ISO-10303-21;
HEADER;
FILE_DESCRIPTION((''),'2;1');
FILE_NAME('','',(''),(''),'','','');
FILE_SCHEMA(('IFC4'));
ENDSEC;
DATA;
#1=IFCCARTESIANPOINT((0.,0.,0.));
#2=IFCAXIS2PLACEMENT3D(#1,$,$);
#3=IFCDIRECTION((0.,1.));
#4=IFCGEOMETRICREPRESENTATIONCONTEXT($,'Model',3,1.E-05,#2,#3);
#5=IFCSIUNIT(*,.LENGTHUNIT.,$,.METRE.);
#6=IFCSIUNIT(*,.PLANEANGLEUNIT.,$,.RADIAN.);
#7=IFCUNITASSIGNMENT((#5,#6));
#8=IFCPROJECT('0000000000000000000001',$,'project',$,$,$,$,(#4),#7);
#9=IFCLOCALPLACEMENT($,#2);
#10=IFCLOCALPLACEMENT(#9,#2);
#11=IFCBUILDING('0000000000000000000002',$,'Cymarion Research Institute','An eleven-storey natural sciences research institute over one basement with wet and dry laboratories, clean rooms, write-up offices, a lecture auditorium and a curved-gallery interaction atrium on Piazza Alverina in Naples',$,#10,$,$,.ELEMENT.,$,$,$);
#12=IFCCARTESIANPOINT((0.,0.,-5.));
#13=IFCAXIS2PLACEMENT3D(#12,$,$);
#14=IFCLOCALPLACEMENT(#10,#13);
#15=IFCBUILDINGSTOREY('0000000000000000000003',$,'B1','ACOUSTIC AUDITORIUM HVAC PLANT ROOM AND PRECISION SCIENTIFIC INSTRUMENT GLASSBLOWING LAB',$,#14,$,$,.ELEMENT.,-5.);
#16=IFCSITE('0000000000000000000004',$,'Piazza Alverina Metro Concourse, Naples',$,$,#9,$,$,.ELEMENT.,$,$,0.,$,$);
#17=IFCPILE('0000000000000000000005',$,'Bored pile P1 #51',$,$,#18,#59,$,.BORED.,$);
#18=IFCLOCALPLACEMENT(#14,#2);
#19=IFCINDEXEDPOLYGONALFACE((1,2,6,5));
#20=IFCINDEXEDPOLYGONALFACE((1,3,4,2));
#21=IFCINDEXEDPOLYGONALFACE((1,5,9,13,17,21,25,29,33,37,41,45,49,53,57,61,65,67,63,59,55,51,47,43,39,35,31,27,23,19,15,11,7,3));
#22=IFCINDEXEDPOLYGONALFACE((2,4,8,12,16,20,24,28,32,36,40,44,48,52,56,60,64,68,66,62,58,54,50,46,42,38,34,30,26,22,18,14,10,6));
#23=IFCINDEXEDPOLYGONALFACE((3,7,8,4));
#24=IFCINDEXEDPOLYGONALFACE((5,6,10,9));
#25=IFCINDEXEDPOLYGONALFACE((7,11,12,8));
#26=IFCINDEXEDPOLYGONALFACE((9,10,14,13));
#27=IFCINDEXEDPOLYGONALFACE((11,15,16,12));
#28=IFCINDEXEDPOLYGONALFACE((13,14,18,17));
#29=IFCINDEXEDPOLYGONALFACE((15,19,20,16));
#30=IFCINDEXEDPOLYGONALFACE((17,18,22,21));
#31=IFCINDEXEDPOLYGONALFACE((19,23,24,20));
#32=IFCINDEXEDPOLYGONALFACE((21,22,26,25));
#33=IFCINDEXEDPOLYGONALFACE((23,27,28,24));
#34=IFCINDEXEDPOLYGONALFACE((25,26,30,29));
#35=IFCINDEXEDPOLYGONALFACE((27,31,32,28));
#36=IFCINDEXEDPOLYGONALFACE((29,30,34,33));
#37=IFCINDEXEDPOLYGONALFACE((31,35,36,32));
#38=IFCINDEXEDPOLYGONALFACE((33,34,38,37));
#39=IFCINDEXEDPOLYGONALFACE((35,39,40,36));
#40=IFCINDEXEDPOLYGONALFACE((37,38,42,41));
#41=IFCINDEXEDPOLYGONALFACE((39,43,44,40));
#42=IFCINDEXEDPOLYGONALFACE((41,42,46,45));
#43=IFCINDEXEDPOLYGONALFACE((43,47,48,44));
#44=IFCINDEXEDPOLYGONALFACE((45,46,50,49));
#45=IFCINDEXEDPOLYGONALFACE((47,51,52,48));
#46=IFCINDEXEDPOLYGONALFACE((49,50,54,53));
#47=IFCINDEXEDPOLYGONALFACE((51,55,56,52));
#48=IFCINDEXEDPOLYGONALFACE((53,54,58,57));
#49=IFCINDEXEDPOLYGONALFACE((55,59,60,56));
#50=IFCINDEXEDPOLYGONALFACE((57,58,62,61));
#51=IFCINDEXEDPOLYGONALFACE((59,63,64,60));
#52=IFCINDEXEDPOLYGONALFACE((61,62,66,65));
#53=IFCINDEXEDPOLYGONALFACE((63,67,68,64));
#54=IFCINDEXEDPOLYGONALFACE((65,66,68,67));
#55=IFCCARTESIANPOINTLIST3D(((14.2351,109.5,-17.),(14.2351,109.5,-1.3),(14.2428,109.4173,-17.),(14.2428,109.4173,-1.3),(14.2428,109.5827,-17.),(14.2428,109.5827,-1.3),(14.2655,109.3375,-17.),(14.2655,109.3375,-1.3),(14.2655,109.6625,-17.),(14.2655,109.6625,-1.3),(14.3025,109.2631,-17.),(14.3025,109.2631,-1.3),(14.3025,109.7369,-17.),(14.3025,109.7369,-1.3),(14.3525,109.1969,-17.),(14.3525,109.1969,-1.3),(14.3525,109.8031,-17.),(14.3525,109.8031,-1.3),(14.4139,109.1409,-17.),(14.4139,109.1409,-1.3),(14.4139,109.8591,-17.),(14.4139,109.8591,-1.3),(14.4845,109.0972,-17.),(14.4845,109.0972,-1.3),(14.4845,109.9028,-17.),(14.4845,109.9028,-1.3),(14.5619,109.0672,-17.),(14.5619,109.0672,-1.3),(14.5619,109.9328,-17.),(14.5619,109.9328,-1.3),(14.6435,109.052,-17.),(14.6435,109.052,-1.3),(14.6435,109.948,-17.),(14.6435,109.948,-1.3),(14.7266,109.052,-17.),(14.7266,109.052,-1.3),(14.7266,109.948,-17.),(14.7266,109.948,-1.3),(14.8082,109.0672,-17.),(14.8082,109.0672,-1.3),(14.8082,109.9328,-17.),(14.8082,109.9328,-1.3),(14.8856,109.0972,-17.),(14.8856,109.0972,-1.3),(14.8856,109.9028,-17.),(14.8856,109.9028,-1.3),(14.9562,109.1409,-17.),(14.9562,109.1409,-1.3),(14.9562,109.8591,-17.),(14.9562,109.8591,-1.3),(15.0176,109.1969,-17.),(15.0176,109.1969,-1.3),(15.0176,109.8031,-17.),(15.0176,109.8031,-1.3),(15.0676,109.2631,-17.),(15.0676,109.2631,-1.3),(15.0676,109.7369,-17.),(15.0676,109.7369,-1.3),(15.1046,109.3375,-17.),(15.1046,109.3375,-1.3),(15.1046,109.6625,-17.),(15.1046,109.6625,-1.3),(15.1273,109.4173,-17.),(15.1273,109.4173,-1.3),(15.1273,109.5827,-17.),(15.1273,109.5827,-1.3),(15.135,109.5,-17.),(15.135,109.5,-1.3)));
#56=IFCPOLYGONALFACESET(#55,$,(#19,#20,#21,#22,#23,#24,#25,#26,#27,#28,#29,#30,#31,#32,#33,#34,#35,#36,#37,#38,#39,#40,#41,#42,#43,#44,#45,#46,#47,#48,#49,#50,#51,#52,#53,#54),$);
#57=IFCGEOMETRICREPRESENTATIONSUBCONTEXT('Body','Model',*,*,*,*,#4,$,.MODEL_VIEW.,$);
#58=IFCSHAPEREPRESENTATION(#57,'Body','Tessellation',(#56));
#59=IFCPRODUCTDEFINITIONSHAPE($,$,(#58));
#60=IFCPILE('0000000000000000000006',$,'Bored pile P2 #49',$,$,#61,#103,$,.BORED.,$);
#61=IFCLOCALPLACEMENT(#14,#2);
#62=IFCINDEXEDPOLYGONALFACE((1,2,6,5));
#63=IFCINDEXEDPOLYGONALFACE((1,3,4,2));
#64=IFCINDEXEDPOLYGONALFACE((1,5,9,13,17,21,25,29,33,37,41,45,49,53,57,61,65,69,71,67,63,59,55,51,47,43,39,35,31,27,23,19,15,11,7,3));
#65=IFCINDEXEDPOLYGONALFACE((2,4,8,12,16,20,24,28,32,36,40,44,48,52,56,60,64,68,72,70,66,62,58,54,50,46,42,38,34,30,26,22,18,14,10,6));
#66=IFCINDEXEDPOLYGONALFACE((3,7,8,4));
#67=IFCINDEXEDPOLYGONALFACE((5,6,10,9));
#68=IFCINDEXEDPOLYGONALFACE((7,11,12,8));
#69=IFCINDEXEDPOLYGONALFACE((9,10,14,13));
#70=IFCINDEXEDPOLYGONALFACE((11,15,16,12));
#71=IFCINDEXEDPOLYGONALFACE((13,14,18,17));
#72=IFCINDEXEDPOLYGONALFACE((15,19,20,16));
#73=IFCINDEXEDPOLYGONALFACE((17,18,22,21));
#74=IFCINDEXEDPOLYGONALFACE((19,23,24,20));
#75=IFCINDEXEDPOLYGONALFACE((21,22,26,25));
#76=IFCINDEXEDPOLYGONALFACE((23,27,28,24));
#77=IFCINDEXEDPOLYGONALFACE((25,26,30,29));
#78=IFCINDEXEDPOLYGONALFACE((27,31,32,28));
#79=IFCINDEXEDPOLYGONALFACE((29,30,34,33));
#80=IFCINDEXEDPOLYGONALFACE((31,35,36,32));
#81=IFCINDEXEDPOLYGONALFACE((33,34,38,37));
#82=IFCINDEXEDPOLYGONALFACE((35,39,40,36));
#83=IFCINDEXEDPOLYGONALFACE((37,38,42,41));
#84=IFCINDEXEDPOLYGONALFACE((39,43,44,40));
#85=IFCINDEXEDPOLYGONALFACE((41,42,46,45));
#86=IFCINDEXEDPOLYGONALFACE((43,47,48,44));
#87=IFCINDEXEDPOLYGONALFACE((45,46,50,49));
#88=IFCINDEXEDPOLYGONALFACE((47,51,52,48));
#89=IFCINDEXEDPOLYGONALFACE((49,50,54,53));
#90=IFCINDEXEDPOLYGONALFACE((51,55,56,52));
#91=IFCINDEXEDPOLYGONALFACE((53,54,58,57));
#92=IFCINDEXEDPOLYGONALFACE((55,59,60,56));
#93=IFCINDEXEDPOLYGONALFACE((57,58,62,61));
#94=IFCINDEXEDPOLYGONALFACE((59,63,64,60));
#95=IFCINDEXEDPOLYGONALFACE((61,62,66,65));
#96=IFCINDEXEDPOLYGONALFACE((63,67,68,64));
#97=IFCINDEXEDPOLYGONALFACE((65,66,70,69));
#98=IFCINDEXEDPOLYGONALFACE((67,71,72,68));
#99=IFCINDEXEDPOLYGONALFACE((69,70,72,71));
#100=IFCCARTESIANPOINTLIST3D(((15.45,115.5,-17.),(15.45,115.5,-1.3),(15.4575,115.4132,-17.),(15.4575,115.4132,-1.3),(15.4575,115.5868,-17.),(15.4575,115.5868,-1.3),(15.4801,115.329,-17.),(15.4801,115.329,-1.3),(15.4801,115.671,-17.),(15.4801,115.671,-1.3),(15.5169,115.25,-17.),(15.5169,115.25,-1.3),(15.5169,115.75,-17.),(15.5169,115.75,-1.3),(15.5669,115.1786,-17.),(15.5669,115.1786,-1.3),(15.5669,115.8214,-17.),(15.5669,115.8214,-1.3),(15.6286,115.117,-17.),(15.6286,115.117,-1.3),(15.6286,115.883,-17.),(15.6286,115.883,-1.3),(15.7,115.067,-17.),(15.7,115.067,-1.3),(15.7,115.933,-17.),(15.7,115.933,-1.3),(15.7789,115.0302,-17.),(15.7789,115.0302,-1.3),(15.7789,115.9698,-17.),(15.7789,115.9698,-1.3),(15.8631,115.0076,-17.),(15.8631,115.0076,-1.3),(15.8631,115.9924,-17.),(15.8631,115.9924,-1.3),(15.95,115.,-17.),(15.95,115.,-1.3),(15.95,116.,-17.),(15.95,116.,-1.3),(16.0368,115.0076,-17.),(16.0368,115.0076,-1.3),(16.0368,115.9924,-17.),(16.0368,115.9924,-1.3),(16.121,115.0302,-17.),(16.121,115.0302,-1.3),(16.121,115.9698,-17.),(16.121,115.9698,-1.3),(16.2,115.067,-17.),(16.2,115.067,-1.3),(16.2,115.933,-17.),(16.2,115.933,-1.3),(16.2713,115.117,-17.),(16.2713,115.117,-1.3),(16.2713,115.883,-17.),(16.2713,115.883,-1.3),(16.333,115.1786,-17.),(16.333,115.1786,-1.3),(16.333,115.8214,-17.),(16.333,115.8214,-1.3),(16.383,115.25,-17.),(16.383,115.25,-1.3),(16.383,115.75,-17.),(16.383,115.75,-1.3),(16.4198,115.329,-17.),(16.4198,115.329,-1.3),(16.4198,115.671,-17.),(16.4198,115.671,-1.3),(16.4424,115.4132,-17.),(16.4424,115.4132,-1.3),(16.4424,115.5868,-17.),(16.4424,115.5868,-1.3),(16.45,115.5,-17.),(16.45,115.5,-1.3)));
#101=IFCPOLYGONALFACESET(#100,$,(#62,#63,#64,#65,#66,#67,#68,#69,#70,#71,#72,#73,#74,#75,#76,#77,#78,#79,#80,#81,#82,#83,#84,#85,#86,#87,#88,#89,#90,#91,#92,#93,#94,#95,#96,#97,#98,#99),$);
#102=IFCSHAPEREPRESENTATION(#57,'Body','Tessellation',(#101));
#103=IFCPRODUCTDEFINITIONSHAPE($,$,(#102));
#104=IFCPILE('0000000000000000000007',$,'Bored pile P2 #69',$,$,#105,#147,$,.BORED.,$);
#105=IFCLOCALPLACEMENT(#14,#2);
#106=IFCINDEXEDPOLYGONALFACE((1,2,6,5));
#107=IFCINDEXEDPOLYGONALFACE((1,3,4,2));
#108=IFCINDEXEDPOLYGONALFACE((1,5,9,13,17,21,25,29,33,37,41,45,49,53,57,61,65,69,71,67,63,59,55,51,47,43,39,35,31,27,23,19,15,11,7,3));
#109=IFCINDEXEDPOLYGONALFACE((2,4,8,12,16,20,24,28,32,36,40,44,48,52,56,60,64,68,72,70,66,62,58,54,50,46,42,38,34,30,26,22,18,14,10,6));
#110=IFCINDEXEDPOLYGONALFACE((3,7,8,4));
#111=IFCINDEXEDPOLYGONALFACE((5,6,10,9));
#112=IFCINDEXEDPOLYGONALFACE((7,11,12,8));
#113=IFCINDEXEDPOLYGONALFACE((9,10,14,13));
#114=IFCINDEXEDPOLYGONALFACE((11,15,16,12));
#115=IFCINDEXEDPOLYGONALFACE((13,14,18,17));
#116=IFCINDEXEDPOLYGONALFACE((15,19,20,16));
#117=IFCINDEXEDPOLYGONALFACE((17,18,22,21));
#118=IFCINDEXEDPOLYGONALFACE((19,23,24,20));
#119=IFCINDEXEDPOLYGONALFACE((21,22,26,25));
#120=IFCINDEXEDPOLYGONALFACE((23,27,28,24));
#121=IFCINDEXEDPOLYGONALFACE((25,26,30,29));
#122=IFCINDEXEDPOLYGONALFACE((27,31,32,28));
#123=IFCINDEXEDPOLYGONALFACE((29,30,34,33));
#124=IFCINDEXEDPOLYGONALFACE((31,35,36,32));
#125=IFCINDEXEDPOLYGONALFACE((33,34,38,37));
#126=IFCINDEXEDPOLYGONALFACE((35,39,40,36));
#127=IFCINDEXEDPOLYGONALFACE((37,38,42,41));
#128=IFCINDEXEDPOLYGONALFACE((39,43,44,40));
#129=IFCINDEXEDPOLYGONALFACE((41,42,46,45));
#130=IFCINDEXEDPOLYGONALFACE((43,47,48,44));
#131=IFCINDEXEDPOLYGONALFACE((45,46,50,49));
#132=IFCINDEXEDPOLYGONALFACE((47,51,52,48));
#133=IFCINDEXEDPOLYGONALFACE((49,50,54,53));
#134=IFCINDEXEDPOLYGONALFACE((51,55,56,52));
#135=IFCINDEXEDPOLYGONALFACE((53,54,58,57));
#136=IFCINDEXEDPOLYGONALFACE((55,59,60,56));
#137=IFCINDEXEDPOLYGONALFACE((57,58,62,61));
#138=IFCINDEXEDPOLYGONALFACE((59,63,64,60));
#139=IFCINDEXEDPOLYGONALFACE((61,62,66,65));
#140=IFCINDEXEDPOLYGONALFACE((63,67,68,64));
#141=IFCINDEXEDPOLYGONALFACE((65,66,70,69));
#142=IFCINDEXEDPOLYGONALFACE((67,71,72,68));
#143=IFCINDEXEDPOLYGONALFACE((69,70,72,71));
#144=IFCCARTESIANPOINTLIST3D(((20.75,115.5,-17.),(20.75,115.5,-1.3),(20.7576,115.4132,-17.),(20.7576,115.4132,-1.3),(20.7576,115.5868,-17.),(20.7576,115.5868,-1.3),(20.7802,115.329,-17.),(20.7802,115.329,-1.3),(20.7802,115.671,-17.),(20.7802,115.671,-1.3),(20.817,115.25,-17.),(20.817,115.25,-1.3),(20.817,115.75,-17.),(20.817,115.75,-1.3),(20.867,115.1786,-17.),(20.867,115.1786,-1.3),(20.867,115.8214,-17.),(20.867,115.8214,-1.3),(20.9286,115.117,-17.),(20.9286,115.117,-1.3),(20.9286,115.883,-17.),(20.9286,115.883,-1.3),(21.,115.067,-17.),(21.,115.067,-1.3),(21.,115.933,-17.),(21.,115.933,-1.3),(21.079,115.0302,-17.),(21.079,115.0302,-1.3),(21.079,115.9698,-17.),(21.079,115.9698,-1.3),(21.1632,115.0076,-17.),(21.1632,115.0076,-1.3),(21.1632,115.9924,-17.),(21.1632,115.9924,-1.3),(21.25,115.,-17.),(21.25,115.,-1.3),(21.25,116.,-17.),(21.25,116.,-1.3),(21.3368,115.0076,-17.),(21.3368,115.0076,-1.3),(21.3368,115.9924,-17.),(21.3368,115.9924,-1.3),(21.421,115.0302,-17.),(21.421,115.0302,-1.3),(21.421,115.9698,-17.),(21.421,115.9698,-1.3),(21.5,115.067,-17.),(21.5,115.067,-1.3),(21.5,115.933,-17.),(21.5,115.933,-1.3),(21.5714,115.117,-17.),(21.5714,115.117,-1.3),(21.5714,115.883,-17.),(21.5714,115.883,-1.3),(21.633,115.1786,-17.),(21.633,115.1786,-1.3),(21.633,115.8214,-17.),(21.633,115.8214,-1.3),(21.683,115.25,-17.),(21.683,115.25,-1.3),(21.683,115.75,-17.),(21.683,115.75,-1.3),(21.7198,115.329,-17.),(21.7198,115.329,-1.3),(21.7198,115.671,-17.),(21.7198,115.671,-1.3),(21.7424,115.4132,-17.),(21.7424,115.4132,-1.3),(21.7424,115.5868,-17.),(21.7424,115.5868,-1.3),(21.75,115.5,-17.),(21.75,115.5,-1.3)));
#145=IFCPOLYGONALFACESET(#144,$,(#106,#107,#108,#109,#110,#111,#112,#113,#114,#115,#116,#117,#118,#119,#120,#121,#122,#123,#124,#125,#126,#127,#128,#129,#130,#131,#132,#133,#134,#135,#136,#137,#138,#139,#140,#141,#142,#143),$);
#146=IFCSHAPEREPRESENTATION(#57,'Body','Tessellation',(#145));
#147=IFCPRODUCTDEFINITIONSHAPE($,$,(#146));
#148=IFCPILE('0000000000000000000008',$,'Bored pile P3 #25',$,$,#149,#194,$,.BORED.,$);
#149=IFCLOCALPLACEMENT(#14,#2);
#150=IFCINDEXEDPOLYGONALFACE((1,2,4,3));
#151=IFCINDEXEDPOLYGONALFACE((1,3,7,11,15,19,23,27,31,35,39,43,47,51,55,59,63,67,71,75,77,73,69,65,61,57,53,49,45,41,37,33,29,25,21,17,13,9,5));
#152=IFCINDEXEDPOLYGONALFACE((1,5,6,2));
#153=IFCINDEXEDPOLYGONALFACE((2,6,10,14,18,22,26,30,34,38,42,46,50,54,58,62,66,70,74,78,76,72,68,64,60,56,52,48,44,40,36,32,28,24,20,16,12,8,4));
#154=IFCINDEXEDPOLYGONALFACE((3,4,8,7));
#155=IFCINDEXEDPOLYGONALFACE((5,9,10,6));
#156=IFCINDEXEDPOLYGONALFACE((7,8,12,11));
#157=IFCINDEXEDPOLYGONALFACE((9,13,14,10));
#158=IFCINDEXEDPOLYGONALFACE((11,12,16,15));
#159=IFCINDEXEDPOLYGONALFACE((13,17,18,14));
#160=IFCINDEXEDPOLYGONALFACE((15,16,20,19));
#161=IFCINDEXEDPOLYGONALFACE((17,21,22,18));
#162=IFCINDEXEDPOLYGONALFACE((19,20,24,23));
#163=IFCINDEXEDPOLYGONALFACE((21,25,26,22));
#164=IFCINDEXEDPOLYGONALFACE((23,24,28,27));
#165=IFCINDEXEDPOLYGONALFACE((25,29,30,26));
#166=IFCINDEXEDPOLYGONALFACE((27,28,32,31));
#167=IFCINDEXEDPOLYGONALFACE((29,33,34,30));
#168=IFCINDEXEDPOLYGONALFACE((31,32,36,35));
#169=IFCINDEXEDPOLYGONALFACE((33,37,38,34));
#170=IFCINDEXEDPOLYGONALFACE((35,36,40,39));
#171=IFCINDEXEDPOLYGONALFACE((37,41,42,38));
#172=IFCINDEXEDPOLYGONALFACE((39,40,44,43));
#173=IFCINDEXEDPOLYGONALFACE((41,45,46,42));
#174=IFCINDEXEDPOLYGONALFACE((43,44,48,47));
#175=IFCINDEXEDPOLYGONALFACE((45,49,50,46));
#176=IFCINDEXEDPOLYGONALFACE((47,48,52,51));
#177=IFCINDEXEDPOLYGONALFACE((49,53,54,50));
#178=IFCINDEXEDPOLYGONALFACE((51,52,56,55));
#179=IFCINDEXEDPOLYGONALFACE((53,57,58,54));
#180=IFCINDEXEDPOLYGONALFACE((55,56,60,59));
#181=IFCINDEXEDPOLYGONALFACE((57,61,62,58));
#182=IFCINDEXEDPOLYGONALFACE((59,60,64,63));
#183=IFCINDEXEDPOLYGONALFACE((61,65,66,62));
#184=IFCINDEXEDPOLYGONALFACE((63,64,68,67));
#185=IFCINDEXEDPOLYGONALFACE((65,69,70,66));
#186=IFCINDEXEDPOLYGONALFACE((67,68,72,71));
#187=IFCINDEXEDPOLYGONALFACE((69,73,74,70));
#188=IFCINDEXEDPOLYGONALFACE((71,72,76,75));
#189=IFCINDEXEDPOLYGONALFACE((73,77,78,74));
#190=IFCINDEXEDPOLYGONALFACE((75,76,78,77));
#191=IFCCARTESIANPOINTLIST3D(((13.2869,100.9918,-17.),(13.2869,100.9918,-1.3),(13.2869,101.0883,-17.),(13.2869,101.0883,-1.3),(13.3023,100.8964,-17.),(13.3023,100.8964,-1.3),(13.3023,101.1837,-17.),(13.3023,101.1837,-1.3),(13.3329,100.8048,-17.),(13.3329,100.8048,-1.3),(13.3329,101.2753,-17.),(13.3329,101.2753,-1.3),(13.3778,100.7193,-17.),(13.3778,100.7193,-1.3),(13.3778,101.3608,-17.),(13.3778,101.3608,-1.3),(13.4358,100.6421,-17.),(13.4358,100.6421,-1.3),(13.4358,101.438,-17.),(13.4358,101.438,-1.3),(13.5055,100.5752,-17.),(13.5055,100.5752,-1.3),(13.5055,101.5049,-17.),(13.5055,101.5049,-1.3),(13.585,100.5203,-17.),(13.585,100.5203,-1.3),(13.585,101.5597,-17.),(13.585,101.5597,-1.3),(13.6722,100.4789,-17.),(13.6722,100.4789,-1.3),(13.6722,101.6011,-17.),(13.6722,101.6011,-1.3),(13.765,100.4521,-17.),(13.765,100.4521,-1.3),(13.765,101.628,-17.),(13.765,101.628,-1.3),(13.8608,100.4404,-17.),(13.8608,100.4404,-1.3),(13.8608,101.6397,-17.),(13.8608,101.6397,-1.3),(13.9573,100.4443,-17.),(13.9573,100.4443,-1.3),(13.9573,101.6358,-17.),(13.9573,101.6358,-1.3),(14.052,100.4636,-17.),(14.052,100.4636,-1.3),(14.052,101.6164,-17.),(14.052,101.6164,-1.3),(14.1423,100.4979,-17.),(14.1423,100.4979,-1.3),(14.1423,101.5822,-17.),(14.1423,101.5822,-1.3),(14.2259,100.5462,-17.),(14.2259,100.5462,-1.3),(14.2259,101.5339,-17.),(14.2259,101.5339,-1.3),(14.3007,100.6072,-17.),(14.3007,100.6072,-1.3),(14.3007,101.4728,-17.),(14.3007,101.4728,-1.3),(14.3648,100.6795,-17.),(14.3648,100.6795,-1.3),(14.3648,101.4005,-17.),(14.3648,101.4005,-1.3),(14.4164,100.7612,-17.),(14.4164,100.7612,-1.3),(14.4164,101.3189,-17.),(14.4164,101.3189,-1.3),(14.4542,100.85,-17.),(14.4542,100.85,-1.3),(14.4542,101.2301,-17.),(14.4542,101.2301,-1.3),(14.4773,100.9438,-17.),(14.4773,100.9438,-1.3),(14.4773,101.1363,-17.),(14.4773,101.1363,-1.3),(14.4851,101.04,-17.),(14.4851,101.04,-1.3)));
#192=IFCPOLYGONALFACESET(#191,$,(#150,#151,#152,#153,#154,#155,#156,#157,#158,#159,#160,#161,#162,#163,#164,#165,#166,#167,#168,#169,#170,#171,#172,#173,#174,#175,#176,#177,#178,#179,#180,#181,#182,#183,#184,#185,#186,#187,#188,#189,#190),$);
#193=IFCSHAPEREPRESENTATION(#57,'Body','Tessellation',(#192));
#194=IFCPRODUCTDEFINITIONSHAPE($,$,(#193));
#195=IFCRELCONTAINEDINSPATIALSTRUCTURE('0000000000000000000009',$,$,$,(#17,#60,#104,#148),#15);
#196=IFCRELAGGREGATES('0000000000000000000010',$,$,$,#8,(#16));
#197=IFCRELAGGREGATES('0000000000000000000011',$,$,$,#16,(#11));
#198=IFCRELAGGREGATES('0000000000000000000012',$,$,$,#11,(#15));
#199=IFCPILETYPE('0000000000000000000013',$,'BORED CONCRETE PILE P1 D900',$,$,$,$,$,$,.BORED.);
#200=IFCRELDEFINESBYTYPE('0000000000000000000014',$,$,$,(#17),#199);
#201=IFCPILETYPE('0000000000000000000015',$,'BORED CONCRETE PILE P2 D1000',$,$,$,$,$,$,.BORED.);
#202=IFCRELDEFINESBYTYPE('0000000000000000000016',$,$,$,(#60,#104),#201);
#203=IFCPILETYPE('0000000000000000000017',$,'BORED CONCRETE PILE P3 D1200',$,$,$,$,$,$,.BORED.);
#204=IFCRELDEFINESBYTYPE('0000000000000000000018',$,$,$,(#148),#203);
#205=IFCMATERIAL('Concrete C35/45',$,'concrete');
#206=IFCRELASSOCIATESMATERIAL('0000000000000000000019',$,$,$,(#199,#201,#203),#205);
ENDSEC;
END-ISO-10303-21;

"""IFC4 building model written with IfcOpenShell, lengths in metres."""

from ifc_helpers import new_model, si_unit, direction, frame, origin, origin_2d, place, context, subcontext, project, spatial, circle, extrude, material, material_profile, profile_set, type_object, element, save


model = new_model("IFC4")

# Units and contexts
model_context = context("Model", 3, precision=1e-05, world=origin(), true_north=direction((0.0, 1.0)))
body_context = subcontext(model_context, "Body", "Model", "MODEL_VIEW")
ifc_project = project(units=[si_unit("LENGTHUNIT", "METRE"), si_unit("PLANEANGLEUNIT", "RADIAN")], contexts=[model_context])

# Site, building, storey
site_placement = place(None, origin())
site = spatial("IfcSite", under=ifc_project, at=site_placement, Name="Piazza Alverina Metro Concourse, Naples", CompositionType="ELEMENT", RefElevation=0.0)
building_placement = place(site_placement, origin())
building = spatial("IfcBuilding", under=site, at=building_placement, Name="Cymarion Research Institute", Description="An eleven-storey natural sciences research institute over one basement with wet and dry laboratories, clean rooms, write-up offices, a lecture auditorium and a curved-gallery interaction atrium on Piazza Alverina in Naples", CompositionType="ELEMENT")
storey_placement = place(building_placement, frame((0.0, 0.0, -5.0)))
storey = spatial("IfcBuildingStorey", under=building, at=storey_placement, Name="B1", Description="ACOUSTIC AUDITORIUM HVAC PLANT ROOM AND PRECISION SCIENTIFIC INSTRUMENT GLASSBLOWING LAB", CompositionType="ELEMENT", Elevation=-5.0)

# Piles
ifc_material_1 = material(Name="Concrete C35/45", Category="concrete")
ifc_material_profile_1 = material_profile(ifc_material_1, circle(Radius=0.45, at=origin_2d()), Name="BORED PILE D900")
ifc_profile_set_1 = profile_set([ifc_material_profile_1], Name="Concrete C35/45")
pile_type_1 = type_object("IfcPileType", Name="BORED CONCRETE PILE P1 D900", PredefinedType="BORED", material=ifc_profile_set_1)
pile_placement = place(storey_placement, frame((14.6851, 109.5, -1.3), z_axis=(0.0, 0.0, -1.0), x_axis=(1.0, 0.0, 0.0)))
element("IfcPile", 1, at=pile_placement, inside=storey, type_object=pile_type_1, Name="Bored pile P1 #51", PredefinedType="BORED", context=body_context, shape_type="SweptSolid", body=[
    extrude(circle(Radius=0.45, at=origin_2d()), origin(), (0.0, 0.0, 1.0), 15.7),
])
ifc_material_profile_2 = material_profile(ifc_material_1, circle(Radius=0.5, at=origin_2d()), Name="BORED PILE D1000")
ifc_profile_set_2 = profile_set([ifc_material_profile_2], Name="Concrete C35/45")
pile_type_2 = type_object("IfcPileType", Name="BORED CONCRETE PILE P2 D1000", PredefinedType="BORED", material=ifc_profile_set_2)
for number, where, z_axis, x_axis, name in (
    (2, (15.95, 115.5, -1.3), (0.0, 0.0, -1.0), (1.0, 0.0, 0.0), "Bored pile P2 #49"),
    (3, (21.25, 115.5, -1.3), (0.0, 0.0, -1.0), (1.0, 0.0, 0.0), "Bored pile P2 #69"),
):
    element("IfcPile", number, at=place(storey_placement, frame(where, z_axis=z_axis, x_axis=x_axis)), inside=storey, type_object=pile_type_2, Name=name, PredefinedType="BORED", context=body_context, shape_type="SweptSolid", body=[
        extrude(circle(Radius=0.5, at=origin_2d()), origin(), (0.0, 0.0, 1.0), 15.7),
    ])
ifc_material_profile_3 = material_profile(ifc_material_1, circle(Radius=0.6001, at=origin_2d()), Name="BORED PILE D1200")
ifc_profile_set_3 = profile_set([ifc_material_profile_3], Name="Concrete C35/45")
pile_type_3 = type_object("IfcPileType", Name="BORED CONCRETE PILE P3 D1200", PredefinedType="BORED", material=ifc_profile_set_3)
for number, where, z_axis, x_axis, name in (
    (4, (13.885, 101.04, -1.3), (0.0, 0.0, -1.0), (1.0, 0.0, 0.0), "Bored pile P3 #25"),
):
    element("IfcPile", number, at=place(storey_placement, frame(where, z_axis=z_axis, x_axis=x_axis)), inside=storey, type_object=pile_type_3, Name=name, PredefinedType="BORED", context=body_context, shape_type="SweptSolid", body=[
        extrude(circle(Radius=0.6001, at=origin_2d()), origin(), (0.0, 0.0, 1.0), 15.7),
    ])

save(model, "model.ifc")
